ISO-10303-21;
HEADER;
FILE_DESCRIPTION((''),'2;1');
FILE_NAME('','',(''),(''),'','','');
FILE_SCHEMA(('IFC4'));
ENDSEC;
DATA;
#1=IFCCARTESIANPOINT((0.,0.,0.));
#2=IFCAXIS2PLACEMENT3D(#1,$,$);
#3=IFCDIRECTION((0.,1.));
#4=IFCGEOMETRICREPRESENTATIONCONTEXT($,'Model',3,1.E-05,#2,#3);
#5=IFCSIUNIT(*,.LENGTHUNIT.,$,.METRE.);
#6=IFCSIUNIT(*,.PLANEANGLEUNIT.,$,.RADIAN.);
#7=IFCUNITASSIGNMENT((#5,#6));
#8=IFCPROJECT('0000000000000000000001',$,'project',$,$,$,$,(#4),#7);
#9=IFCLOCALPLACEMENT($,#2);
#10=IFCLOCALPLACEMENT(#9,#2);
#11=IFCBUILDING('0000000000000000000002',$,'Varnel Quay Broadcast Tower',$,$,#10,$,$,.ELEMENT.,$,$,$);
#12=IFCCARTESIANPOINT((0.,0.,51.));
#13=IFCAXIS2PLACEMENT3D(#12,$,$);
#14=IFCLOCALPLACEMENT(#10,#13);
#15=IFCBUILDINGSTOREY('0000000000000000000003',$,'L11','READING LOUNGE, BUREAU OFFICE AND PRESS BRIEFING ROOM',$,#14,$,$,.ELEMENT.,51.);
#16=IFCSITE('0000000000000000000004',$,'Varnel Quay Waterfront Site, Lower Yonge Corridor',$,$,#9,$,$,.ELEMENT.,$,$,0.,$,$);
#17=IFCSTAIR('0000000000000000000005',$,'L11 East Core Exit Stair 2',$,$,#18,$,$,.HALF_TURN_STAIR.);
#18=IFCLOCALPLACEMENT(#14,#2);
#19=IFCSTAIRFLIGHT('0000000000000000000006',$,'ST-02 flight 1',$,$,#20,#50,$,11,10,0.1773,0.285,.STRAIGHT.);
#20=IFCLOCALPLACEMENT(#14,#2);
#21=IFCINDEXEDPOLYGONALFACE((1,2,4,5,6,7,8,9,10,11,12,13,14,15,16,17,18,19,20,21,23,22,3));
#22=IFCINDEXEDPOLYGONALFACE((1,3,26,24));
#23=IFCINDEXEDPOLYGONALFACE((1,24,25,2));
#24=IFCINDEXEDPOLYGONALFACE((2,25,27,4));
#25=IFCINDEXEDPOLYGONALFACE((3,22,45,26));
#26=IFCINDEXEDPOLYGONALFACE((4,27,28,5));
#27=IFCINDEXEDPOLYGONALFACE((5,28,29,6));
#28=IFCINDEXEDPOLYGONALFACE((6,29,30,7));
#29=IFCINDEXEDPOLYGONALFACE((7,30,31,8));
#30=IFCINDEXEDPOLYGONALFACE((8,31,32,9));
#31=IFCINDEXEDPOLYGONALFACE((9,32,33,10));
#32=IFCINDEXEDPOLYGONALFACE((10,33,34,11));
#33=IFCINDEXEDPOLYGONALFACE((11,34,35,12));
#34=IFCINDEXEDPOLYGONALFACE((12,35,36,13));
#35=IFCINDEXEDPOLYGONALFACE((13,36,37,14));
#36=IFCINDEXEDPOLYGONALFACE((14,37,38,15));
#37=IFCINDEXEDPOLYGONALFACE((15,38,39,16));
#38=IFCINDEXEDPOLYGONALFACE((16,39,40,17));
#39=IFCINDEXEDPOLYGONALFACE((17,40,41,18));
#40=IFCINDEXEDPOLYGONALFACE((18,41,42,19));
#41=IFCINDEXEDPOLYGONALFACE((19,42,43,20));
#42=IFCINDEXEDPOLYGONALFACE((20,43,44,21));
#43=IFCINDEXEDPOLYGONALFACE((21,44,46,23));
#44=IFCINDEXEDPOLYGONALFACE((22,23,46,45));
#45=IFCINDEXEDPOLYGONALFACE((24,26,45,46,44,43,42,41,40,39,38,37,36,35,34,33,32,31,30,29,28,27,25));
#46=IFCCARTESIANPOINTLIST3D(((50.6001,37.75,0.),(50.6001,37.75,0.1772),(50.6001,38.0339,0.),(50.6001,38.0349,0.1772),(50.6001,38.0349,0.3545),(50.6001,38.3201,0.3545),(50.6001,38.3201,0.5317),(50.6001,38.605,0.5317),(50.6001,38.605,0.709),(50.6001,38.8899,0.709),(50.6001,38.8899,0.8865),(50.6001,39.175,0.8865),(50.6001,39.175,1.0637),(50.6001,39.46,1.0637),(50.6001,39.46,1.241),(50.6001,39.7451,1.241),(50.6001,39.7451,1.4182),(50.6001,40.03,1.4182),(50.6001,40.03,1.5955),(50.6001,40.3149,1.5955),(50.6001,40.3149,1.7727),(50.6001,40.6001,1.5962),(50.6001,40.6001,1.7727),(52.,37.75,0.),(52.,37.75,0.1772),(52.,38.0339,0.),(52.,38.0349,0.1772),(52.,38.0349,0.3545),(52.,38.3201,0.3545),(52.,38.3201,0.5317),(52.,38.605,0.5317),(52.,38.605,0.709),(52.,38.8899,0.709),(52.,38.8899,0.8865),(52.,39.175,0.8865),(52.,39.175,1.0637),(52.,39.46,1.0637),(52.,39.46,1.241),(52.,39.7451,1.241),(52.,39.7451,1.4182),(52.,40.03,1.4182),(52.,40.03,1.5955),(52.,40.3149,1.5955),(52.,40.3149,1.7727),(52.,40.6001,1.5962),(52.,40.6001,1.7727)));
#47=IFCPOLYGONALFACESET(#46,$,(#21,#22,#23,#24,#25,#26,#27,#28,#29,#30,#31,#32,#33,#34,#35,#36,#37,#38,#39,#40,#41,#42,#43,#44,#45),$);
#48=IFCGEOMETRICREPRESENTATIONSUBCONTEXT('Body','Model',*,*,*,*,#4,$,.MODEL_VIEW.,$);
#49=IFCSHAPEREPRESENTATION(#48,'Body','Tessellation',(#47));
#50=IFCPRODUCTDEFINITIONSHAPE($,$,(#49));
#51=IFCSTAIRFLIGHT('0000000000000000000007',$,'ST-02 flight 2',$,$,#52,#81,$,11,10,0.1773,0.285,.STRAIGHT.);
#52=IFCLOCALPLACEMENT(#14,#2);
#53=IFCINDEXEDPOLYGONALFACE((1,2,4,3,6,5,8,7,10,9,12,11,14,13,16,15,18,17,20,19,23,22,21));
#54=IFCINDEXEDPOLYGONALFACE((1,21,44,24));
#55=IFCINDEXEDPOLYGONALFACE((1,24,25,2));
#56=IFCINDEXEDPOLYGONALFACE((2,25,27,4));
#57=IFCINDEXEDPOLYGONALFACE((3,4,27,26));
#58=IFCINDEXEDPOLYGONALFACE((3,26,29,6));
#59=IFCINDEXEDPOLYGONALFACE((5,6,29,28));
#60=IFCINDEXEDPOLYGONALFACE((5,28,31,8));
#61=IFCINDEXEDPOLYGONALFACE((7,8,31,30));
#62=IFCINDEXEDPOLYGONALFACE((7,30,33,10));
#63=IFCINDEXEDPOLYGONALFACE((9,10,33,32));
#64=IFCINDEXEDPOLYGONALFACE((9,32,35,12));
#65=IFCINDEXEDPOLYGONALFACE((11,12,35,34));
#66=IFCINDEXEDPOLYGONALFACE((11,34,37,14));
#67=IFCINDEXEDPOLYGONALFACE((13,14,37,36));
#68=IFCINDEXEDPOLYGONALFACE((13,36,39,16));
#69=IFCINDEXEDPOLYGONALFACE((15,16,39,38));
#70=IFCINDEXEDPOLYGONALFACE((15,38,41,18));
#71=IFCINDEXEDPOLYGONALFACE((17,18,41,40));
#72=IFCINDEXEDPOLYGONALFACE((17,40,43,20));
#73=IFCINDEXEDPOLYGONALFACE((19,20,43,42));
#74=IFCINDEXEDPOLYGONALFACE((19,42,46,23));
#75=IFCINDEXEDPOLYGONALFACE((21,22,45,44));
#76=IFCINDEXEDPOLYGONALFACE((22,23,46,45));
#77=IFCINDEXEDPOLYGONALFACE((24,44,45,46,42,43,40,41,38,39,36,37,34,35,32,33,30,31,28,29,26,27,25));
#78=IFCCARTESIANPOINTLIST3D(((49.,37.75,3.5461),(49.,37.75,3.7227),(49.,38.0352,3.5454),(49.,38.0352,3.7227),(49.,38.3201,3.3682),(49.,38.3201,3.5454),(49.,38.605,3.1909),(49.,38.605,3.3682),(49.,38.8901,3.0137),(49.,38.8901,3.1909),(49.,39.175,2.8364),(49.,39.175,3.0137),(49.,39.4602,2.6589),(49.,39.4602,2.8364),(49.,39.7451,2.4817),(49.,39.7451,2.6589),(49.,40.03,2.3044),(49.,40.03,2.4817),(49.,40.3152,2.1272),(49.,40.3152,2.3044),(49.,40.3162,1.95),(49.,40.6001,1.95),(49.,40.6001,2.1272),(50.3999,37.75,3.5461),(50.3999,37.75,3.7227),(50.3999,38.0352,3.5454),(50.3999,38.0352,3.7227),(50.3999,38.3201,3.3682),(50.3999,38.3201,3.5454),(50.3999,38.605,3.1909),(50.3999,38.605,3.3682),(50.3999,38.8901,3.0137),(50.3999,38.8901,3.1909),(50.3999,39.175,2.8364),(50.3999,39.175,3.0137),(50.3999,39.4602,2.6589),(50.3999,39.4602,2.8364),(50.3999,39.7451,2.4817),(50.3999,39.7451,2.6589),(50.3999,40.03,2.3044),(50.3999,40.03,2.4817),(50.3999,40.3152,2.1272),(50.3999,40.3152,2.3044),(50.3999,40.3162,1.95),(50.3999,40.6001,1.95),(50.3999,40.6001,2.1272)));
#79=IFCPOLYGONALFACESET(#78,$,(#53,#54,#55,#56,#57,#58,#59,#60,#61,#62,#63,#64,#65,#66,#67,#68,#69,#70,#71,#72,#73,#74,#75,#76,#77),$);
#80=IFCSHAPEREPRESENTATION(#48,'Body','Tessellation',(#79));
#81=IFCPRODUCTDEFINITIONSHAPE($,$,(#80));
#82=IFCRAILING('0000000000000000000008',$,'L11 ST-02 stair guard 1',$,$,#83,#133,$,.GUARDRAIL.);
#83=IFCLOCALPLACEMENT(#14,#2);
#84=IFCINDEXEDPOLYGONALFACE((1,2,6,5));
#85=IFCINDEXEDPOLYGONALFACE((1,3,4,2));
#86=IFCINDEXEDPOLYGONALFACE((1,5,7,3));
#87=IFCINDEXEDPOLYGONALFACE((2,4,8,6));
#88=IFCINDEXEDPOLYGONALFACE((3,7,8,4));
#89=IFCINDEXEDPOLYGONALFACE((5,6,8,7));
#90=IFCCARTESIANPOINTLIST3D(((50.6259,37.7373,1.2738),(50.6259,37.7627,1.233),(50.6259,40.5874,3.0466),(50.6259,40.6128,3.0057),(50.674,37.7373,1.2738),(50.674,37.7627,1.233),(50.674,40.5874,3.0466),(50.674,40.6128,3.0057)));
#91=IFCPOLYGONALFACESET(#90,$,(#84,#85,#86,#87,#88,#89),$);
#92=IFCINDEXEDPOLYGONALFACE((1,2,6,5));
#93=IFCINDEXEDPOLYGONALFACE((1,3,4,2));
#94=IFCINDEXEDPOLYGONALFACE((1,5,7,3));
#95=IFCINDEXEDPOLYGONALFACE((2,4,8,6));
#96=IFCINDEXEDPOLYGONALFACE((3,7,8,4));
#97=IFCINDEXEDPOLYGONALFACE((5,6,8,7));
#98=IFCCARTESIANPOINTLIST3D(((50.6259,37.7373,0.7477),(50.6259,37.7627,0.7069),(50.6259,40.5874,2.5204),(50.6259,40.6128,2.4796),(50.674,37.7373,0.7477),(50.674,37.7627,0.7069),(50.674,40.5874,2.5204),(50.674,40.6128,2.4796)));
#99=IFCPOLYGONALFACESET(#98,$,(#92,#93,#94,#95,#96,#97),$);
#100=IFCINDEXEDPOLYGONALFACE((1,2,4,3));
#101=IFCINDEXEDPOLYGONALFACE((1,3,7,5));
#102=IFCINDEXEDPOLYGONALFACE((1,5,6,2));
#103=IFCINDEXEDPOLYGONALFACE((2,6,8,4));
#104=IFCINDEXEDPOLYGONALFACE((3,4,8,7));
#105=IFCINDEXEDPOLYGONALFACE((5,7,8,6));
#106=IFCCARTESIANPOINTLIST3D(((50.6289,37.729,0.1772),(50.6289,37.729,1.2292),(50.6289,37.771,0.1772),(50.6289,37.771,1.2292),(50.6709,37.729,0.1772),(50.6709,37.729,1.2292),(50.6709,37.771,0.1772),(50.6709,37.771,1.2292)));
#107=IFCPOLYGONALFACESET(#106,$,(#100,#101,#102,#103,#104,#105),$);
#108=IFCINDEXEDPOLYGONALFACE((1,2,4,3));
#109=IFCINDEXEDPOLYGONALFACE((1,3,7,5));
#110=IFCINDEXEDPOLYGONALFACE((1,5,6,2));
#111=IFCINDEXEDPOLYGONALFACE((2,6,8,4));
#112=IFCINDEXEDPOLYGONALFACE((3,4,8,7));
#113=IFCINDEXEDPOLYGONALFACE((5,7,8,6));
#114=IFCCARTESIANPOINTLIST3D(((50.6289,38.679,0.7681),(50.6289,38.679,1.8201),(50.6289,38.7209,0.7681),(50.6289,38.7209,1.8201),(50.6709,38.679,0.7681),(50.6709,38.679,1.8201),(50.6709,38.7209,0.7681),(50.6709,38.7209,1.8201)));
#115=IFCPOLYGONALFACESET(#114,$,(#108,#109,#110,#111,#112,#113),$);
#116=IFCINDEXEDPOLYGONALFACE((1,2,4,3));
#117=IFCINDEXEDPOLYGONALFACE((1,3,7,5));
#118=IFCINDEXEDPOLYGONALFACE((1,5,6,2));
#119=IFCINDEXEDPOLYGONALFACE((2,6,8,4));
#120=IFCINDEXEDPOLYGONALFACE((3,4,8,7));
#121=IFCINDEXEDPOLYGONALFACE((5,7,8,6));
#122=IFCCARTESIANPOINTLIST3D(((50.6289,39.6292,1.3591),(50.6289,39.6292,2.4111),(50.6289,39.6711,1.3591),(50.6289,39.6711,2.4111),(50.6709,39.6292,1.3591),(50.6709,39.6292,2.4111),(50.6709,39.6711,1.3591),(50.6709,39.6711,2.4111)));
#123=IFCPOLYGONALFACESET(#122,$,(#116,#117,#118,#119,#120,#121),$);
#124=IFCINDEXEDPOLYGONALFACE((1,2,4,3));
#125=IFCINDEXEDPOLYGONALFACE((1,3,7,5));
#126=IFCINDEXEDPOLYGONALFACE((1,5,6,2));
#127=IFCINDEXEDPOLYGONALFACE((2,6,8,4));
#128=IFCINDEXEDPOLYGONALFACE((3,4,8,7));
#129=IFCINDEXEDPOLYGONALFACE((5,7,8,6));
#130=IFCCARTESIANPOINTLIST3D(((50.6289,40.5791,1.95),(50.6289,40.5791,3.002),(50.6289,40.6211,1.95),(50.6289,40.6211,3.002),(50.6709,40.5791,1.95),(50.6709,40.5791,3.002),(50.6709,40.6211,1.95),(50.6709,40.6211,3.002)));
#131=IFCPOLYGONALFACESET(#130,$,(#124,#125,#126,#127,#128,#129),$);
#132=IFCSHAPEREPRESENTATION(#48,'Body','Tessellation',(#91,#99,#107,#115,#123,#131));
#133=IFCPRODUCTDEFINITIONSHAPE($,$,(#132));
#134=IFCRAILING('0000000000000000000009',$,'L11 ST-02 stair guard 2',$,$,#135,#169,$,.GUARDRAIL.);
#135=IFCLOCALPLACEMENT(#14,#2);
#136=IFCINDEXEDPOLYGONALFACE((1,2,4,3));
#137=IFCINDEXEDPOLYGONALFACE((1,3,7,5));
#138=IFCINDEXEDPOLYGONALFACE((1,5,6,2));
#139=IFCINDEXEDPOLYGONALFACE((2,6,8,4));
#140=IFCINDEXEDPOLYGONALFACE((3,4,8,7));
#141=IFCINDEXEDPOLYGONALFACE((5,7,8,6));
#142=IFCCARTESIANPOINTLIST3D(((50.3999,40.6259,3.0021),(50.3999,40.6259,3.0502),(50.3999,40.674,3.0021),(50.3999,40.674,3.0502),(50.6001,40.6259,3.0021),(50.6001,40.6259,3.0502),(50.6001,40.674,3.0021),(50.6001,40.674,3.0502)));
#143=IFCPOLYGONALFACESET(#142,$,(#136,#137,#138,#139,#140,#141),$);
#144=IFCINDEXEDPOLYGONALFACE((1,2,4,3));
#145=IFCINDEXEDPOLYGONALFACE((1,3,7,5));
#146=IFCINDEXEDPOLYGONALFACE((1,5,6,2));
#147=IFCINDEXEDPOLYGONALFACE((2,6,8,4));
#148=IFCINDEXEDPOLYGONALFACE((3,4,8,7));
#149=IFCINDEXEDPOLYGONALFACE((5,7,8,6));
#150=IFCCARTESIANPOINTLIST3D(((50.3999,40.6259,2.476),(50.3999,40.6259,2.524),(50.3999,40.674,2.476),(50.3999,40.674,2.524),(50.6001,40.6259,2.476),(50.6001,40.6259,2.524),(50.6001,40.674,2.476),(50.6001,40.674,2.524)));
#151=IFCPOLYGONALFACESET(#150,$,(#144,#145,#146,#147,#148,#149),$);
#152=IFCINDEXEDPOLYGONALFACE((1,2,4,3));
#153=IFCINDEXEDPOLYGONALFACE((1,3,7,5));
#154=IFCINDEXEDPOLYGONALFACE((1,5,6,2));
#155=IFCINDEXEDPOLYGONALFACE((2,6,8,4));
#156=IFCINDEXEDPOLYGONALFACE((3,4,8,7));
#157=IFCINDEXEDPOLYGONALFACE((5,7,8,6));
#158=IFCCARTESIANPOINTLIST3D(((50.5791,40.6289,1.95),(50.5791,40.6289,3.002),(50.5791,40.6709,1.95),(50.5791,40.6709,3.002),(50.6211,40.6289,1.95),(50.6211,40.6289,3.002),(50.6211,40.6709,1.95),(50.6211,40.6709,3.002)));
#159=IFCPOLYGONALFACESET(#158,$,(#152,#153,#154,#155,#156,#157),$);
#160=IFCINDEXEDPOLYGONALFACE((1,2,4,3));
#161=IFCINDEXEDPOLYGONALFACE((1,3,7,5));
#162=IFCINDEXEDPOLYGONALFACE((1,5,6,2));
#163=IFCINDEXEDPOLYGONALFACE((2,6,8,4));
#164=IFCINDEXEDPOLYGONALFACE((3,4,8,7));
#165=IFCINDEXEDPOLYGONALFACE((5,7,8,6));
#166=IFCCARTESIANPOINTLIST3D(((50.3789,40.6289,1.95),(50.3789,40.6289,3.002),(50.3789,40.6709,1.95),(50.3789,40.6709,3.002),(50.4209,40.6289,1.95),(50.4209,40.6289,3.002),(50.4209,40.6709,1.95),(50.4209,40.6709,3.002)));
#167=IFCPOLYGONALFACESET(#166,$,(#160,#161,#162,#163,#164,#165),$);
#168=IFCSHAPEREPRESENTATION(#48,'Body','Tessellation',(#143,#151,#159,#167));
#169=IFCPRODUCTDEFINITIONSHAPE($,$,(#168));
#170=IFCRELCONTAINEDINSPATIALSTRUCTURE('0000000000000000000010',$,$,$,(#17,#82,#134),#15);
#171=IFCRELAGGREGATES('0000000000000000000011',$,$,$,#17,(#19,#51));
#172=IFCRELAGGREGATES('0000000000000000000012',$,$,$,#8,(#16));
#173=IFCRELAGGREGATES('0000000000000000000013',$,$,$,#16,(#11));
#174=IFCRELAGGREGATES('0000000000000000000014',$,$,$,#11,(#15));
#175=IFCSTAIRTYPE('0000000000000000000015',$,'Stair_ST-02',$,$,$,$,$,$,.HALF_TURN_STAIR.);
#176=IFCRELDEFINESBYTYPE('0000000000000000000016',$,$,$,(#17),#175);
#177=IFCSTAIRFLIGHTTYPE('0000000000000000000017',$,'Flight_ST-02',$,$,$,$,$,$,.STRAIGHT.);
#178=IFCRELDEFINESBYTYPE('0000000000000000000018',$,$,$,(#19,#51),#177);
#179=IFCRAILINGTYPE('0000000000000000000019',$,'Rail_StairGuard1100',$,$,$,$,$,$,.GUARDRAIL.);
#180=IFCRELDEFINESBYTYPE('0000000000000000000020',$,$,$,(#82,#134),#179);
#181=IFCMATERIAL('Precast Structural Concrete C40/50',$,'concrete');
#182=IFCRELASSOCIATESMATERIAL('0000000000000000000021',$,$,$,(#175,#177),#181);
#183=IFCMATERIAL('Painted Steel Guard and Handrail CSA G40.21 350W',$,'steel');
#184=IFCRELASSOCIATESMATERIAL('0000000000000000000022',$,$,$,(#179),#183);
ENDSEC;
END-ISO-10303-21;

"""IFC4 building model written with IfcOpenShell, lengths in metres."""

from ifc_helpers import new_model, si_unit, direction, frame, origin, origin_2d, place, context, subcontext, project, spatial, polyline, rectangle, outline, extrude, material, type_object, element, aggregate, save


model = new_model("IFC4")

# Units and contexts
model_context = context("Model", 3, precision=1e-05, world=origin(), true_north=direction((0.0, 1.0)))
body_context = subcontext(model_context, "Body", "Model", "MODEL_VIEW")
ifc_project = project(units=[si_unit("LENGTHUNIT", "METRE"), si_unit("PLANEANGLEUNIT", "RADIAN")], contexts=[model_context])

# Site, building, storey
site_placement = place(None, origin())
site = spatial("IfcSite", under=ifc_project, at=site_placement, Name="Varnel Quay Waterfront Site, Lower Yonge Corridor", CompositionType="ELEMENT", RefElevation=0.0)
building_placement = place(site_placement, origin())
building = spatial("IfcBuilding", under=site, at=building_placement, Name="Varnel Quay Broadcast Tower", CompositionType="ELEMENT")
storey_placement = place(building_placement, frame((0.0, 0.0, 51.0)))
storey = spatial("IfcBuildingStorey", under=building, at=storey_placement, Name="L11", Description="READING LOUNGE, BUREAU OFFICE AND PRESS BRIEFING ROOM", CompositionType="ELEMENT", Elevation=51.0)

# Stair, stair flights
ifc_material_1 = material(Name="Precast Structural Concrete C40/50", Category="concrete")
stair_type = type_object("IfcStairType", Name="Stair_ST-02", PredefinedType="HALF_TURN_STAIR", material=ifc_material_1)
stair_placement = place(storey_placement, origin())
stair = element("IfcStair", 1, at=stair_placement, inside=storey, type_object=stair_type, Name="L11 East Core Exit Stair 2", PredefinedType="HALF_TURN_STAIR")
stair_flight_type = type_object("IfcStairFlightType", Name="Flight_ST-02", PredefinedType="STRAIGHT", material=ifc_material_1)
stair_flight_1_placement = place(storey_placement, frame((51.3, 37.75, 0.0), z_axis=(0.0, 0.0, 1.0), x_axis=(0.0, 1.0, 0.0)))
stair_flight_1 = element("IfcStairFlight", 2, at=stair_flight_1_placement, type_object=stair_flight_type, Name="ST-02 flight 1", NumberOfRisers=11, NumberOfTreads=10, PredefinedType="STRAIGHT", RiserHeight=0.1773, TreadLength=0.285, context=body_context, shape_type="SweptSolid", body=[
    extrude(outline(polyline([(0.0, 0.0), (0.0, 0.1772), (0.2849, 0.1772), (0.2849, 0.3545), (0.5701, 0.3545), (0.5701, 0.5317), (0.855, 0.5317), (0.855, 0.709), (1.1399, 0.709), (1.1399, 0.8865), (1.425, 0.8865), (1.425, 1.0637), (1.71, 1.0637), (1.71, 1.241), (1.9951, 1.241), (1.9951, 1.4182), (2.28, 1.4182), (2.28, 1.5955), (2.5649, 1.5955), (2.5649, 1.7727), (2.8501, 1.7727), (2.8501, 1.95), (2.8501, 1.5962), (0.2839, 0.0), (0.0, 0.0)])), frame((0.0, 0.7, 0.0), z_axis=(0.0, -1.0, 0.0), x_axis=(1.0, 0.0, 0.0)), (0.0, 0.0, 1.0), 1.3999),
])
stair_flight_2_placement = place(storey_placement, frame((49.7, 40.6001, 1.95), z_axis=(0.0, 0.0, 1.0), x_axis=(0.0, -1.0, 0.0)))
stair_flight_2 = element("IfcStairFlight", 3, at=stair_flight_2_placement, type_object=stair_flight_type, Name="ST-02 flight 2", NumberOfRisers=11, NumberOfTreads=10, PredefinedType="STRAIGHT", RiserHeight=0.1773, TreadLength=0.285, context=body_context, shape_type="SweptSolid", body=[
    extrude(outline(polyline([(0.0, 0.0), (0.0, 0.1772), (0.2849, 0.1772), (0.2849, 0.3545), (0.5701, 0.3545), (0.5701, 0.5317), (0.855, 0.5317), (0.855, 0.709), (1.1399, 0.709), (1.1399, 0.8865), (1.425, 0.8865), (1.425, 1.0637), (1.71, 1.0637), (1.71, 1.241), (1.9951, 1.241), (1.9951, 1.4182), (2.28, 1.4182), (2.28, 1.5955), (2.5649, 1.5955), (2.5649, 1.7727), (2.8501, 1.7727), (2.8501, 1.95), (2.8501, 1.5962), (0.2839, 0.0), (0.0, 0.0)])), frame((0.0, 0.7, 0.0), z_axis=(0.0, -1.0, 0.0), x_axis=(1.0, 0.0, 0.0)), (0.0, 0.0, 1.0), 1.3999),
])
aggregate(stair, [stair_flight_1, stair_flight_2])

# Railings
ifc_material_2 = material(Name="Painted Steel Guard and Handrail CSA G40.21 350W", Category="steel")
railing_type_1 = type_object("IfcRailingType", Name="Rail_StairGuard1100", PredefinedType="GUARDRAIL", material=ifc_material_2)
railing_1_placement = place(storey_placement, frame((50.6499, 37.75, 0.1772)))
element("IfcRailing", 4, at=railing_1_placement, inside=storey, type_object=railing_type_1, Name="L11 ST-02 stair guard 1", PredefinedType="GUARDRAIL", context=body_context, shape_type="SweptSolid", body=[
    extrude(rectangle(XDim=0.0481, YDim=0.0481, at=origin_2d()), frame((0.0, 0.0, 1.0762), z_axis=(0.0, 0.849149, 0.528154), x_axis=(-1.0, 0.0, 0.0)), (0.0, 0.0, 1.0), 3.3564),
    extrude(rectangle(XDim=0.0481, YDim=0.0481, at=origin_2d()), frame((0.0, 0.0, 0.55), z_axis=(0.0, 0.849149, 0.528154), x_axis=(-1.0, 0.0, 0.0)), (0.0, 0.0, 1.0), 3.3564),
    extrude(rectangle(XDim=0.042, YDim=0.042, at=origin_2d()), origin(), (0.0, 0.0, 1.0), 1.052),
    extrude(rectangle(XDim=0.042, YDim=0.042, at=origin_2d()), frame((0.0, 0.95, 0.5908)), (0.0, 0.0, 1.0), 1.052),
    extrude(rectangle(XDim=0.042, YDim=0.042, at=origin_2d()), frame((0.0, 1.9001, 1.1819)), (0.0, 0.0, 1.0), 1.052),
    extrude(rectangle(XDim=0.042, YDim=0.042, at=origin_2d()), frame((0.0, 2.8501, 1.7727)), (0.0, 0.0, 1.0), 1.052),
])
railing_2_placement = place(storey_placement, frame((50.6001, 40.6499, 1.95)))
element("IfcRailing", 5, at=railing_2_placement, inside=storey, type_object=railing_type_1, Name="L11 ST-02 stair guard 2", PredefinedType="GUARDRAIL", context=body_context, shape_type="SweptSolid", body=[
    extrude(rectangle(XDim=0.0481, YDim=0.0481, at=origin_2d()), frame((0.0, 0.0, 1.0762), z_axis=(-1.0, 0.0, 0.0), x_axis=(0.0, -1.0, 0.0)), (0.0, 0.0, 1.0), 0.2002),
    extrude(rectangle(XDim=0.0481, YDim=0.0481, at=origin_2d()), frame((0.0, 0.0, 0.55), z_axis=(-1.0, 0.0, 0.0), x_axis=(0.0, -1.0, 0.0)), (0.0, 0.0, 1.0), 0.2002),
    extrude(rectangle(XDim=0.042, YDim=0.042, at=origin_2d()), origin(), (0.0, 0.0, 1.0), 1.052),
    extrude(rectangle(XDim=0.042, YDim=0.042, at=origin_2d()), frame((-0.2002, 0.0, 0.0)), (0.0, 0.0, 1.0), 1.052),
])

save(model, "model.ifc")
